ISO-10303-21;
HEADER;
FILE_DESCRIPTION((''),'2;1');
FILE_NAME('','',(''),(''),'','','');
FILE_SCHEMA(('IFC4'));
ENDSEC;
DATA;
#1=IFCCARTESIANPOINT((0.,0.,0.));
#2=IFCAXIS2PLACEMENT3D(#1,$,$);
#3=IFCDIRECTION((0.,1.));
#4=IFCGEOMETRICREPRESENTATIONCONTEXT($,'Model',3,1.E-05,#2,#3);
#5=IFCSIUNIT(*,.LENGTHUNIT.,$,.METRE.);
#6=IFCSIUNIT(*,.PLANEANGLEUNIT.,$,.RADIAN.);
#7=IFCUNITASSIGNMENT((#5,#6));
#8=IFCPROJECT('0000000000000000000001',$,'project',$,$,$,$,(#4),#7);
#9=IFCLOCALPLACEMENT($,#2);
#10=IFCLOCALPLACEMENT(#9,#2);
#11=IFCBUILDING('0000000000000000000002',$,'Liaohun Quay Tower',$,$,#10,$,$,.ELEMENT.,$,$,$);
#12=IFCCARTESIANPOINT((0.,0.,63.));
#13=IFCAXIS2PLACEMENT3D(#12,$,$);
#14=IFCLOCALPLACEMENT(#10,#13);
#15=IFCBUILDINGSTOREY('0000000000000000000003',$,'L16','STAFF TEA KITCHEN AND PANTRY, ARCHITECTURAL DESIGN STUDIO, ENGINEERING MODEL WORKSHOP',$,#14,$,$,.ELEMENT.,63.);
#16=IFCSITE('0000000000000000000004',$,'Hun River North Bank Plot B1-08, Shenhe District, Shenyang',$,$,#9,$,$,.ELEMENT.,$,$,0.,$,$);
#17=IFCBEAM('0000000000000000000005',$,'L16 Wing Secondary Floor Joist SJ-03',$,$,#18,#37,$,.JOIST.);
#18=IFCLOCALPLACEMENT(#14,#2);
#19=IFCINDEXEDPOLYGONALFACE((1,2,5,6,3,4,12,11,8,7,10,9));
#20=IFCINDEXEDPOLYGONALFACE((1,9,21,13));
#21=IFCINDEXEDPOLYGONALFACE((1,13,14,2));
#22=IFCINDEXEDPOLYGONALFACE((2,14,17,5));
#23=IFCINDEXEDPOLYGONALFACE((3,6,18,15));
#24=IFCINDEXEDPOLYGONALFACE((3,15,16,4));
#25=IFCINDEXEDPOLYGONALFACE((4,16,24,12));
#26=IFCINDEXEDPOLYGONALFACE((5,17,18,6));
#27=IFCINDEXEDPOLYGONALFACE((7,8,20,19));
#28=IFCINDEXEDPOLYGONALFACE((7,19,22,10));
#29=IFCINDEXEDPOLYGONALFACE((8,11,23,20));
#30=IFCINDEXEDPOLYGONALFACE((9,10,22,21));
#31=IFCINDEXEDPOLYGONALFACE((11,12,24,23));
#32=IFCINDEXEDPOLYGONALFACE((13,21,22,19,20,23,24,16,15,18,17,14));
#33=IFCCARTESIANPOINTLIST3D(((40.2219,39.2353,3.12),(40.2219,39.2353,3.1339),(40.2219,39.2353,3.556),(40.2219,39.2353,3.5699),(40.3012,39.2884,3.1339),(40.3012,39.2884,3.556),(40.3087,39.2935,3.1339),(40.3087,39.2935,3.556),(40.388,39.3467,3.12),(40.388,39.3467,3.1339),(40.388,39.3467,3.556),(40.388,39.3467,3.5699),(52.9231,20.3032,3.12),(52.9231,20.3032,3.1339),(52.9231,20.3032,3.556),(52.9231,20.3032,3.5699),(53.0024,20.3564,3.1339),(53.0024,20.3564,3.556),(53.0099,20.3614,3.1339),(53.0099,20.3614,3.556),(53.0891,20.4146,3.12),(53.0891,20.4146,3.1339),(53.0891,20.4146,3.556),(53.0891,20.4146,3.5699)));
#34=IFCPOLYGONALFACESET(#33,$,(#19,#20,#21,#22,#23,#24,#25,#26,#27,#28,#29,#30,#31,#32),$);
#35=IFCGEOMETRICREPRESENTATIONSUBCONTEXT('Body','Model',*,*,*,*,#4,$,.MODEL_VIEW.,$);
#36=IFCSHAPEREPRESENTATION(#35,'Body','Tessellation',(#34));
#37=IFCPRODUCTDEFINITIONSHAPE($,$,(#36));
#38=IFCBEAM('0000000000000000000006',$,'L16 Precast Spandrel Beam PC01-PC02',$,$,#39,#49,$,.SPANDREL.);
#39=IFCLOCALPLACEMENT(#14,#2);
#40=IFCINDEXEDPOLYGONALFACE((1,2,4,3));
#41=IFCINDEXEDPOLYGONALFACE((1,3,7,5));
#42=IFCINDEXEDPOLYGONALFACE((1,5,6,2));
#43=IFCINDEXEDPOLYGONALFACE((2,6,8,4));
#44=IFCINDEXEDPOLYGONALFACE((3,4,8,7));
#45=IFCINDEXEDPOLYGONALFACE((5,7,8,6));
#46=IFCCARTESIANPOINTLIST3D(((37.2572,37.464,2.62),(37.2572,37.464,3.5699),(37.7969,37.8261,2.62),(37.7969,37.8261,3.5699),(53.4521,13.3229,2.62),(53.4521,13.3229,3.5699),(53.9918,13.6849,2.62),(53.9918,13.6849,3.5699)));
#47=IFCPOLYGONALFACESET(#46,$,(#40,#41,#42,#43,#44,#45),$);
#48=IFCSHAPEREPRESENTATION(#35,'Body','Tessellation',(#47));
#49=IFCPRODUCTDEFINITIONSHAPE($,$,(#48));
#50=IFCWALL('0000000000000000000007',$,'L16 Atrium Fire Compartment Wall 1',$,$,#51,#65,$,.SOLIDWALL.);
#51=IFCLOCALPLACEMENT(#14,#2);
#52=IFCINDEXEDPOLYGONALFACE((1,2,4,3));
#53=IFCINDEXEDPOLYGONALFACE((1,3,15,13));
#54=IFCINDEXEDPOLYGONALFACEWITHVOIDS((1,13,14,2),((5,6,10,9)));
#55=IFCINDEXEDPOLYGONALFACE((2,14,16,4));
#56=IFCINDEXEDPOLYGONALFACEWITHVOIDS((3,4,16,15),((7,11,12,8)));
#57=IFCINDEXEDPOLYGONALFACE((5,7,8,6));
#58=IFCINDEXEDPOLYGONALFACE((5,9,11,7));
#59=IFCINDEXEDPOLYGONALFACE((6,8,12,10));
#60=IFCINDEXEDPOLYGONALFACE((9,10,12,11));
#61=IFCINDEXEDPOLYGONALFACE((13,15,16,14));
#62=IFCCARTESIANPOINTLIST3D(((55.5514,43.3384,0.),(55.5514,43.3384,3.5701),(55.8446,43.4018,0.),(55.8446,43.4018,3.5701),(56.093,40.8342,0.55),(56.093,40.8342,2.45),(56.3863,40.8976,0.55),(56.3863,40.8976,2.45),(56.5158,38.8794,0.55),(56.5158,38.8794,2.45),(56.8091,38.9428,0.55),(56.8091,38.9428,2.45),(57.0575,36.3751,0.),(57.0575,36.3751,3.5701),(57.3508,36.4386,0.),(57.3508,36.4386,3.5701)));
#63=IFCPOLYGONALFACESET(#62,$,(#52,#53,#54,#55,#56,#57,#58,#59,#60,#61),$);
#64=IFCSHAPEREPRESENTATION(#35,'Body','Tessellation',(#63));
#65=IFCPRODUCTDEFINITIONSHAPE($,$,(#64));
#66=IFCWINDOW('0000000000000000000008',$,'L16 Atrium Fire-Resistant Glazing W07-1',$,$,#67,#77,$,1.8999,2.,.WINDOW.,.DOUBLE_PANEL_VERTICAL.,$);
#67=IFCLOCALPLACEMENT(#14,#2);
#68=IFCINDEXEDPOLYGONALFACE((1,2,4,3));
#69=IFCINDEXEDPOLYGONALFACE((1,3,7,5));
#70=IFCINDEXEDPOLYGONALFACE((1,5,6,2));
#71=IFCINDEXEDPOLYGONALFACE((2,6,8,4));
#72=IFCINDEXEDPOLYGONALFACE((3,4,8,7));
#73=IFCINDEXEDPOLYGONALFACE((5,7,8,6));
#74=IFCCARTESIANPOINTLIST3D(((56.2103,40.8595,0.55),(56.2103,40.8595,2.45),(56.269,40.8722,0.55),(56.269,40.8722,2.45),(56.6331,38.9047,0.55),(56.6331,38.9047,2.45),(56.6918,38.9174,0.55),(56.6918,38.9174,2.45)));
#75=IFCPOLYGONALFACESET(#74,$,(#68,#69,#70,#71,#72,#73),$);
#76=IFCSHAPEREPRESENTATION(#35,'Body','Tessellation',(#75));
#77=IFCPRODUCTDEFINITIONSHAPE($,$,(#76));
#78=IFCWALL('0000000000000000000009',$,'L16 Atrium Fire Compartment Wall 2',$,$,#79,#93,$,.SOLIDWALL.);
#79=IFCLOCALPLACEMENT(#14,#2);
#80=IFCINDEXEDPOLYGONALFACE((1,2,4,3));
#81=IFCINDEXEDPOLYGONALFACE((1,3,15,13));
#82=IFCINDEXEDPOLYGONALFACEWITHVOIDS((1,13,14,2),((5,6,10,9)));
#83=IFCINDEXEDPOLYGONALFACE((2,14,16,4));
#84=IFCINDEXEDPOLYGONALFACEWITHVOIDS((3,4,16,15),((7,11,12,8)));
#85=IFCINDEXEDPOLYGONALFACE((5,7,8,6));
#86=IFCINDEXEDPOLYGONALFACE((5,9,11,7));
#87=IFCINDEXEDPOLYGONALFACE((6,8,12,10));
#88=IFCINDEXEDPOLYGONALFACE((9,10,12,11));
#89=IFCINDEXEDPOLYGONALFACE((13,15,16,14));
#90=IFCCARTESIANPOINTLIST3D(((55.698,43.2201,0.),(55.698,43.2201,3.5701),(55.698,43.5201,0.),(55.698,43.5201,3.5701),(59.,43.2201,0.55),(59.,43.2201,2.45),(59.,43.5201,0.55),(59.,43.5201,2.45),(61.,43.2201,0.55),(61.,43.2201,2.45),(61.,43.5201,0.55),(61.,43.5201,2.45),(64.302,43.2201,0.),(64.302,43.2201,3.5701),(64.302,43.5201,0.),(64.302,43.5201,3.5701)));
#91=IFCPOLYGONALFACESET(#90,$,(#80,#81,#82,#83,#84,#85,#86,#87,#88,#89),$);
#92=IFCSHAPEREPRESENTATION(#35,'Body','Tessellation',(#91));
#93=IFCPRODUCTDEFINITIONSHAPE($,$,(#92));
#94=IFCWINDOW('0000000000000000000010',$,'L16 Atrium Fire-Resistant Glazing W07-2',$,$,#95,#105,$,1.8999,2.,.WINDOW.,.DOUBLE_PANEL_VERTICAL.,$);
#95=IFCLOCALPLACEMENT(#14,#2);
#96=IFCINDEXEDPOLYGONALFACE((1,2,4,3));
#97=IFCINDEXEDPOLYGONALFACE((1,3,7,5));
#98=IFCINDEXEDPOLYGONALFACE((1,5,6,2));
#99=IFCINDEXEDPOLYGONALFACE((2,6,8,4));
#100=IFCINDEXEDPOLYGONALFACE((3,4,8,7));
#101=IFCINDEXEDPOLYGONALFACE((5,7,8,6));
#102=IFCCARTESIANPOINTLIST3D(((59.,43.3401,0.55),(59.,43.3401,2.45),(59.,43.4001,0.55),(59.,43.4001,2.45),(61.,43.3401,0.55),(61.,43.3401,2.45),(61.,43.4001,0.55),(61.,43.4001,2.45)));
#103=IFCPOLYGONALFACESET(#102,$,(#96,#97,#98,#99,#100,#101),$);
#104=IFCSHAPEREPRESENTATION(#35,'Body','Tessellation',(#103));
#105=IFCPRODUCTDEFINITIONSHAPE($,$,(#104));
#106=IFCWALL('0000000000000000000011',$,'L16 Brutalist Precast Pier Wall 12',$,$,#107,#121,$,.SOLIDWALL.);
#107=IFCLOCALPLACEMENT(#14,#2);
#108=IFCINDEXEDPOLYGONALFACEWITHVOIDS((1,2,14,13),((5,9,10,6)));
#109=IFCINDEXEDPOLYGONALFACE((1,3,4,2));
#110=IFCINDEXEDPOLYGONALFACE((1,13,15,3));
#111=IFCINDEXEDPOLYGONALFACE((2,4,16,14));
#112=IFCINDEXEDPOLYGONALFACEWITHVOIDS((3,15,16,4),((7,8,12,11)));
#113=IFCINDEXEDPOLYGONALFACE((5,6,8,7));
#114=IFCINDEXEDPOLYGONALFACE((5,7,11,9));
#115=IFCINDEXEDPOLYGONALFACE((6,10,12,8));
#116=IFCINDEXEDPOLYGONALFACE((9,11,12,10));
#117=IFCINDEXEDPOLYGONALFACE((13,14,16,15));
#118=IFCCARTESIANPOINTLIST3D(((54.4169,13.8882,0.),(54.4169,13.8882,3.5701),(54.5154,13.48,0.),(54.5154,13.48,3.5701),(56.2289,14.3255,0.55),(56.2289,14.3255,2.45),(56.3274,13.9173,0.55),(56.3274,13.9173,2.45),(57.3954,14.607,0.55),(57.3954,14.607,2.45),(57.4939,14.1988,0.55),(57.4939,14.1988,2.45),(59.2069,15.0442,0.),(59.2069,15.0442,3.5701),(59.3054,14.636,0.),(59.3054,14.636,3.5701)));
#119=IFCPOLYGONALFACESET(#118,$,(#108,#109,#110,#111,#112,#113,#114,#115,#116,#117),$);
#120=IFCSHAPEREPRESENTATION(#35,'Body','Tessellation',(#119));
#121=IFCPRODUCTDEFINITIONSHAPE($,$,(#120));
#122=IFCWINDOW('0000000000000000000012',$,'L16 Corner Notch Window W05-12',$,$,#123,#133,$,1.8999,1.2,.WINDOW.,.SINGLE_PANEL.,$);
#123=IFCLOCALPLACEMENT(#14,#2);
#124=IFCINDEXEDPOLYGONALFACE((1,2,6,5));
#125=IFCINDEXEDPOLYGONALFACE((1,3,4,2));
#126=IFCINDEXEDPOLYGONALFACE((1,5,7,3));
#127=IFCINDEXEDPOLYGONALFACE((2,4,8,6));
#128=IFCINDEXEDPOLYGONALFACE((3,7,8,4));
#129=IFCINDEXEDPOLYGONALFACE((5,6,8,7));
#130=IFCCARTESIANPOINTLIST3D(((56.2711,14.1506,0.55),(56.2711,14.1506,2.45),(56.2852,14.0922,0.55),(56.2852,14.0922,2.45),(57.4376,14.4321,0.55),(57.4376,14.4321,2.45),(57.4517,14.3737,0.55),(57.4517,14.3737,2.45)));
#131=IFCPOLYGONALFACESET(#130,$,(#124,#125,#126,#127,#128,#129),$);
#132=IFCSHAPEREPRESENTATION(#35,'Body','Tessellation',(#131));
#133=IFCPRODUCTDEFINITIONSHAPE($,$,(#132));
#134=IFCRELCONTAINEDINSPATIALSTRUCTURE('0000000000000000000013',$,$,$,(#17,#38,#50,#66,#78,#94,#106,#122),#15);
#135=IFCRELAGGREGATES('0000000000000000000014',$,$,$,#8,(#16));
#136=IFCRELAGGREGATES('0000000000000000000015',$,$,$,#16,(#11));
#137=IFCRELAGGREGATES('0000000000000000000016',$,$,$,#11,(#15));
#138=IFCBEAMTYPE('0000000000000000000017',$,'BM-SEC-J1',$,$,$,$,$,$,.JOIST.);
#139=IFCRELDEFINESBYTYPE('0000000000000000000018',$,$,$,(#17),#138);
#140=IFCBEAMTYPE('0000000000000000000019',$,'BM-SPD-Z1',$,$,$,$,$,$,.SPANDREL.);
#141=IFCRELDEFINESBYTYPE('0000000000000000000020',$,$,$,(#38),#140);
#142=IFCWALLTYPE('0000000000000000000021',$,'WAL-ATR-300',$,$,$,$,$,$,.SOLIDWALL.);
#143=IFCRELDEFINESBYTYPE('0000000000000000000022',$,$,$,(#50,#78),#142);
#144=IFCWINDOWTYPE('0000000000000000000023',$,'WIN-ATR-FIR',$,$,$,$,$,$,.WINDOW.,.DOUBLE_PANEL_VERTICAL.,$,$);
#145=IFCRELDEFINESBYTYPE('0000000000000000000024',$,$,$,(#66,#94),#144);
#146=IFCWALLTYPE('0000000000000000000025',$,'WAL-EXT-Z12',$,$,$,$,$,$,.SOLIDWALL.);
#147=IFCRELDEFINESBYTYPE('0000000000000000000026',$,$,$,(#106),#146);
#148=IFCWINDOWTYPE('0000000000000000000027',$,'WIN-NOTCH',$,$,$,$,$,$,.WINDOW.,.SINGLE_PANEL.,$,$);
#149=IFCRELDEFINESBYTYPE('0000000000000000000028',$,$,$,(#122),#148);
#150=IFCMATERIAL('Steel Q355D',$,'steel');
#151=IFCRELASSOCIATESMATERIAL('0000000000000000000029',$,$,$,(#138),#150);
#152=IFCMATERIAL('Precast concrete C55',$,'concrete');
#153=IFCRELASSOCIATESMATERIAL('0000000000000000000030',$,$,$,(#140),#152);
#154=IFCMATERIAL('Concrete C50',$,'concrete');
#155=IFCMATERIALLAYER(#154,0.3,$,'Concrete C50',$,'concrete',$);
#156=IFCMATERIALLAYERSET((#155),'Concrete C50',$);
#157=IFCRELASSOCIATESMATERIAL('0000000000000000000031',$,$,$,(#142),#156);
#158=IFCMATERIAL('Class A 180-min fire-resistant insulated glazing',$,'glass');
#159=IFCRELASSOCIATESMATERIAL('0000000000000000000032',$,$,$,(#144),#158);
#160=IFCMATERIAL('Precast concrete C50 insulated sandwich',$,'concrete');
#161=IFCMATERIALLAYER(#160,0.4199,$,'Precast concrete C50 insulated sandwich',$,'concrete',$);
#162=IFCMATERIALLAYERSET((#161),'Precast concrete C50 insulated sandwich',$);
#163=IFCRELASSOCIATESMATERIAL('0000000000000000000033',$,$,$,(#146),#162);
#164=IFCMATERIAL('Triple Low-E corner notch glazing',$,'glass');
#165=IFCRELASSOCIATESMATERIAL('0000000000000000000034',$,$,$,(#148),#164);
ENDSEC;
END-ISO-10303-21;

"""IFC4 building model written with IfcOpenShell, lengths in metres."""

from ifc_helpers import new_model, si_unit, direction, frame, frame_2d, origin, origin_2d, place, context, subcontext, project, spatial, rectangle, i_section, extrude, source, transform, mapped, material, layer, layer_set, material_profile, profile_set, type_object, element, fill, save


model = new_model("IFC4")

# Units and contexts
model_context = context("Model", 3, precision=1e-05, world=origin(), true_north=direction((0.0, 1.0)))
body_context = subcontext(model_context, "Body", "Model", "MODEL_VIEW")
ifc_project = project(units=[si_unit("LENGTHUNIT", "METRE"), si_unit("PLANEANGLEUNIT", "RADIAN")], contexts=[model_context])

# Site, building, storey
site_placement = place(None, origin())
site = spatial("IfcSite", under=ifc_project, at=site_placement, Name="Hun River North Bank Plot B1-08, Shenhe District, Shenyang", CompositionType="ELEMENT", RefElevation=0.0)
building_placement = place(site_placement, origin())
building = spatial("IfcBuilding", under=site, at=building_placement, Name="Liaohun Quay Tower", CompositionType="ELEMENT")
storey_placement = place(building_placement, frame((0.0, 0.0, 63.0)))
storey = spatial("IfcBuildingStorey", under=building, at=storey_placement, Name="L16", Description="STAFF TEA KITCHEN AND PANTRY, ARCHITECTURAL DESIGN STUDIO, ENGINEERING MODEL WORKSHOP", CompositionType="ELEMENT", Elevation=63.0)

# Beams
ifc_material_1 = material(Name="Steel Q355D", Category="steel")
ifc_material_profile_1 = material_profile(ifc_material_1, i_section(OverallWidth=0.2, OverallDepth=0.45, WebThickness=0.009, FlangeThickness=0.0139, at=origin_2d()), Name="HN450x200x9x14")
ifc_profile_set_1 = profile_set([ifc_material_profile_1], Name="Steel Q355D")
beam_type_1 = type_object("IfcBeamType", Name="BM-SEC-J1", PredefinedType="JOIST", material=ifc_profile_set_1)
shared_shape_1 = source(origin(), body_context, "Body", "SweptSolid", [
    extrude(i_section(OverallWidth=0.2, OverallDepth=0.45, WebThickness=0.009, FlangeThickness=0.0139, at=origin_2d()), origin(), (0.0, 0.0, 1.0), 22.7979),
])
beam_1_placement = place(storey_placement, frame((53.0061, 20.3589, 3.345), z_axis=(-0.55712, 0.830432, 0.0), x_axis=(-0.830432, -0.55712, 0.0)))
element("IfcBeam", 1, at=beam_1_placement, inside=storey, type_object=beam_type_1, Name="L16 Wing Secondary Floor Joist SJ-03", PredefinedType="JOIST", context=body_context, shape_type="MappedRepresentation", body=[
    mapped(shared_shape_1, transform((0.0, 0.0, 0.0), x_axis=(1.0, 0.0, 0.0), y_axis=(0.0, 1.0, 0.0), z_axis=(0.0, 0.0, 1.0), scale=1.0)),
])
ifc_material_2 = material(Name="Precast concrete C55", Category="concrete")
ifc_material_profile_2 = material_profile(ifc_material_2, rectangle(XDim=0.6499, YDim=0.95, at=origin_2d()), Name="RC650x950")
ifc_profile_set_2 = profile_set([ifc_material_profile_2], Name="Precast concrete C55")
beam_type_2 = type_object("IfcBeamType", Name="BM-SPD-Z1", PredefinedType="SPANDREL", material=ifc_profile_set_2)
shared_shape_2 = source(origin(), body_context, "Body", "SweptSolid", [
    extrude(rectangle(XDim=0.6499, YDim=0.95, at=origin_2d()), origin(), (0.0, 0.0, 1.0), 29.0701),
])
beam_2_placement = place(storey_placement, frame((53.7219, 13.5039, 3.095), z_axis=(-0.557097, 0.830447, 0.0), x_axis=(-0.830447, -0.557097, 0.0)))
element("IfcBeam", 2, at=beam_2_placement, inside=storey, type_object=beam_type_2, Name="L16 Precast Spandrel Beam PC01-PC02", PredefinedType="SPANDREL", context=body_context, shape_type="MappedRepresentation", body=[
    mapped(shared_shape_2, transform((0.0, 0.0, 0.0), x_axis=(1.0, 0.0, 0.0), y_axis=(0.0, 1.0, 0.0), z_axis=(0.0, 0.0, 1.0), scale=1.0)),
])

# Walls, openings, windows
ifc_material_3 = material(Name="Concrete C50", Category="concrete")
ifc_layer_1 = layer(ifc_material_3, 0.3, Name="Concrete C50", Category="concrete")
ifc_layer_set_1 = layer_set([ifc_layer_1], Name="Concrete C50")
wall_type_1 = type_object("IfcWallType", Name="WAL-ATR-300", PredefinedType="SOLIDWALL", material=ifc_layer_set_1)
wall_1_placement = place(storey_placement, frame((57.2041, 36.407, 0.0), z_axis=(0.0, 0.0, 1.0), x_axis=(-0.211408, 0.977398, 0.0)))
wall_1 = element("IfcWall", 3, at=wall_1_placement, inside=storey, type_object=wall_type_1, Name="L16 Atrium Fire Compartment Wall 1", PredefinedType="SOLIDWALL", context=body_context, shape_type="SweptSolid", body=[
    extrude(rectangle(XDim=7.1243, YDim=0.3, at=frame_2d((3.562, 0.0))), origin(), (0.0, 0.0, 1.0), 3.5701),
])
shared_shape_3 = source(origin(), body_context, "Body", "SweptSolid", [
    extrude(rectangle(XDim=2.0, YDim=1.8999, at=frame_2d((1.0, 0.95))), frame((0.0, 0.1599, 0.0), z_axis=(0.0, -1.0, 0.0), x_axis=(1.0, 0.0, 0.0)), (0.0, 0.0, 1.0), 0.3201),
])
opening_1_placement = place(wall_1_placement, frame((2.562, 0.0, 0.55)))
opening_1 = element("IfcOpeningElement", 4, at=opening_1_placement, cuts=wall_1, PredefinedType="OPENING", context=body_context, shape_type="MappedRepresentation", body=[
    mapped(shared_shape_3, transform((0.0, 0.0, 0.0), x_axis=(1.0, 0.0, 0.0), y_axis=(0.0, 1.0, 0.0), z_axis=(0.0, 0.0, 1.0), scale=1.0)),
])
ifc_material_4 = material(Name="Class A 180-min fire-resistant insulated glazing", Category="glass")
window_type_1 = type_object("IfcWindowType", Name="WIN-ATR-FIR", PartitioningType="DOUBLE_PANEL_VERTICAL", PredefinedType="WINDOW", material=ifc_material_4)
shared_shape_4 = source(origin(), body_context, "Body", "SweptSolid", [
    extrude(rectangle(XDim=2.0, YDim=1.8999, at=frame_2d((1.0, 0.95))), frame((0.0, 0.03, 0.0), z_axis=(0.0, -1.0, 0.0), x_axis=(1.0, 0.0, 0.0)), (0.0, 0.0, 1.0), 0.0601),
])
window_1_placement = place(opening_1_placement, origin())
window_1 = element("IfcWindow", 5, at=window_1_placement, inside=storey, type_object=window_type_1, Name="L16 Atrium Fire-Resistant Glazing W07-1", OverallHeight=1.8999, OverallWidth=2.0, PartitioningType="DOUBLE_PANEL_VERTICAL", PredefinedType="WINDOW", context=body_context, shape_type="MappedRepresentation", body=[
    mapped(shared_shape_4, transform((0.0, 0.0, 0.0), x_axis=(1.0, 0.0, 0.0), y_axis=(0.0, 1.0, 0.0), z_axis=(0.0, 0.0, 1.0), scale=1.0)),
])
fill(opening_1, window_1)
wall_2_placement = place(storey_placement, frame((55.698, 43.3701, 0.0), z_axis=(0.0, 0.0, 1.0), x_axis=(1.0, 0.0, 0.0)))
wall_2 = element("IfcWall", 6, at=wall_2_placement, inside=storey, type_object=wall_type_1, Name="L16 Atrium Fire Compartment Wall 2", PredefinedType="SOLIDWALL", context=body_context, shape_type="SweptSolid", body=[
    extrude(rectangle(XDim=8.604, YDim=0.3, at=frame_2d((4.302, 0.0))), origin(), (0.0, 0.0, 1.0), 3.5701),
])
opening_2_placement = place(wall_2_placement, frame((3.302, 0.0, 0.55)))
opening_2 = element("IfcOpeningElement", 7, at=opening_2_placement, cuts=wall_2, PredefinedType="OPENING", context=body_context, shape_type="MappedRepresentation", body=[
    mapped(shared_shape_3, transform((0.0, 0.0, 0.0), x_axis=(1.0, 0.0, 0.0), y_axis=(0.0, 1.0, 0.0), z_axis=(0.0, 0.0, 1.0), scale=1.0)),
])
window_2_placement = place(opening_2_placement, origin())
window_2 = element("IfcWindow", 8, at=window_2_placement, inside=storey, type_object=window_type_1, Name="L16 Atrium Fire-Resistant Glazing W07-2", OverallHeight=1.8999, OverallWidth=2.0, PartitioningType="DOUBLE_PANEL_VERTICAL", PredefinedType="WINDOW", context=body_context, shape_type="MappedRepresentation", body=[
    mapped(shared_shape_4, transform((0.0, 0.0, 0.0), x_axis=(1.0, 0.0, 0.0), y_axis=(0.0, 1.0, 0.0), z_axis=(0.0, 0.0, 1.0), scale=1.0)),
])
fill(opening_2, window_2)
ifc_material_5 = material(Name="Precast concrete C50 insulated sandwich", Category="concrete")
ifc_layer_2 = layer(ifc_material_5, 0.4199, Name="Precast concrete C50 insulated sandwich", Category="concrete")
ifc_layer_set_2 = layer_set([ifc_layer_2], Name="Precast concrete C50 insulated sandwich")
wall_type_2 = type_object("IfcWallType", Name="WAL-EXT-Z12", PredefinedType="SOLIDWALL", material=ifc_layer_set_2)
wall_3_placement = place(storey_placement, frame((54.4661, 13.6841, 0.0), z_axis=(0.0, 0.0, 1.0), x_axis=(0.972092, 0.2346, 0.0)))
wall_3 = element("IfcWall", 9, at=wall_3_placement, inside=storey, type_object=wall_type_2, Name="L16 Brutalist Precast Pier Wall 12", PredefinedType="SOLIDWALL", context=body_context, shape_type="SweptSolid", body=[
    extrude(rectangle(XDim=4.9275, YDim=0.4199, at=frame_2d((2.4639, 0.0))), origin(), (0.0, 0.0, 1.0), 3.5701),
])
shared_shape_5 = source(origin(), body_context, "Body", "SweptSolid", [
    extrude(rectangle(XDim=1.2, YDim=1.8999, at=frame_2d((0.6001, 0.95))), frame((0.0, 0.22, 0.0), z_axis=(0.0, -1.0, 0.0), x_axis=(1.0, 0.0, 0.0)), (0.0, 0.0, 1.0), 0.4399),
])
opening_3_placement = place(wall_3_placement, frame((1.864, 0.0, 0.55)))
opening_3 = element("IfcOpeningElement", 10, at=opening_3_placement, cuts=wall_3, PredefinedType="OPENING", context=body_context, shape_type="MappedRepresentation", body=[
    mapped(shared_shape_5, transform((0.0, 0.0, 0.0), x_axis=(1.0, 0.0, 0.0), y_axis=(0.0, 1.0, 0.0), z_axis=(0.0, 0.0, 1.0), scale=1.0)),
])
ifc_material_6 = material(Name="Triple Low-E corner notch glazing", Category="glass")
window_type_2 = type_object("IfcWindowType", Name="WIN-NOTCH", PartitioningType="SINGLE_PANEL", PredefinedType="WINDOW", material=ifc_material_6)
shared_shape_6 = source(origin(), body_context, "Body", "SweptSolid", [
    extrude(rectangle(XDim=1.2, YDim=1.8999, at=frame_2d((0.6001, 0.95))), frame((0.0, 0.03, 0.0), z_axis=(0.0, -1.0, 0.0), x_axis=(1.0, 0.0, 0.0)), (0.0, 0.0, 1.0), 0.0601),
])
window_3_placement = place(opening_3_placement, origin())
window_3 = element("IfcWindow", 11, at=window_3_placement, inside=storey, type_object=window_type_2, Name="L16 Corner Notch Window W05-12", OverallHeight=1.8999, OverallWidth=1.2, PartitioningType="SINGLE_PANEL", PredefinedType="WINDOW", context=body_context, shape_type="MappedRepresentation", body=[
    mapped(shared_shape_6, transform((0.0, 0.0, 0.0), x_axis=(1.0, 0.0, 0.0), y_axis=(0.0, 1.0, 0.0), z_axis=(0.0, 0.0, 1.0), scale=1.0)),
])
fill(opening_3, window_3)

save(model, "model.ifc")
